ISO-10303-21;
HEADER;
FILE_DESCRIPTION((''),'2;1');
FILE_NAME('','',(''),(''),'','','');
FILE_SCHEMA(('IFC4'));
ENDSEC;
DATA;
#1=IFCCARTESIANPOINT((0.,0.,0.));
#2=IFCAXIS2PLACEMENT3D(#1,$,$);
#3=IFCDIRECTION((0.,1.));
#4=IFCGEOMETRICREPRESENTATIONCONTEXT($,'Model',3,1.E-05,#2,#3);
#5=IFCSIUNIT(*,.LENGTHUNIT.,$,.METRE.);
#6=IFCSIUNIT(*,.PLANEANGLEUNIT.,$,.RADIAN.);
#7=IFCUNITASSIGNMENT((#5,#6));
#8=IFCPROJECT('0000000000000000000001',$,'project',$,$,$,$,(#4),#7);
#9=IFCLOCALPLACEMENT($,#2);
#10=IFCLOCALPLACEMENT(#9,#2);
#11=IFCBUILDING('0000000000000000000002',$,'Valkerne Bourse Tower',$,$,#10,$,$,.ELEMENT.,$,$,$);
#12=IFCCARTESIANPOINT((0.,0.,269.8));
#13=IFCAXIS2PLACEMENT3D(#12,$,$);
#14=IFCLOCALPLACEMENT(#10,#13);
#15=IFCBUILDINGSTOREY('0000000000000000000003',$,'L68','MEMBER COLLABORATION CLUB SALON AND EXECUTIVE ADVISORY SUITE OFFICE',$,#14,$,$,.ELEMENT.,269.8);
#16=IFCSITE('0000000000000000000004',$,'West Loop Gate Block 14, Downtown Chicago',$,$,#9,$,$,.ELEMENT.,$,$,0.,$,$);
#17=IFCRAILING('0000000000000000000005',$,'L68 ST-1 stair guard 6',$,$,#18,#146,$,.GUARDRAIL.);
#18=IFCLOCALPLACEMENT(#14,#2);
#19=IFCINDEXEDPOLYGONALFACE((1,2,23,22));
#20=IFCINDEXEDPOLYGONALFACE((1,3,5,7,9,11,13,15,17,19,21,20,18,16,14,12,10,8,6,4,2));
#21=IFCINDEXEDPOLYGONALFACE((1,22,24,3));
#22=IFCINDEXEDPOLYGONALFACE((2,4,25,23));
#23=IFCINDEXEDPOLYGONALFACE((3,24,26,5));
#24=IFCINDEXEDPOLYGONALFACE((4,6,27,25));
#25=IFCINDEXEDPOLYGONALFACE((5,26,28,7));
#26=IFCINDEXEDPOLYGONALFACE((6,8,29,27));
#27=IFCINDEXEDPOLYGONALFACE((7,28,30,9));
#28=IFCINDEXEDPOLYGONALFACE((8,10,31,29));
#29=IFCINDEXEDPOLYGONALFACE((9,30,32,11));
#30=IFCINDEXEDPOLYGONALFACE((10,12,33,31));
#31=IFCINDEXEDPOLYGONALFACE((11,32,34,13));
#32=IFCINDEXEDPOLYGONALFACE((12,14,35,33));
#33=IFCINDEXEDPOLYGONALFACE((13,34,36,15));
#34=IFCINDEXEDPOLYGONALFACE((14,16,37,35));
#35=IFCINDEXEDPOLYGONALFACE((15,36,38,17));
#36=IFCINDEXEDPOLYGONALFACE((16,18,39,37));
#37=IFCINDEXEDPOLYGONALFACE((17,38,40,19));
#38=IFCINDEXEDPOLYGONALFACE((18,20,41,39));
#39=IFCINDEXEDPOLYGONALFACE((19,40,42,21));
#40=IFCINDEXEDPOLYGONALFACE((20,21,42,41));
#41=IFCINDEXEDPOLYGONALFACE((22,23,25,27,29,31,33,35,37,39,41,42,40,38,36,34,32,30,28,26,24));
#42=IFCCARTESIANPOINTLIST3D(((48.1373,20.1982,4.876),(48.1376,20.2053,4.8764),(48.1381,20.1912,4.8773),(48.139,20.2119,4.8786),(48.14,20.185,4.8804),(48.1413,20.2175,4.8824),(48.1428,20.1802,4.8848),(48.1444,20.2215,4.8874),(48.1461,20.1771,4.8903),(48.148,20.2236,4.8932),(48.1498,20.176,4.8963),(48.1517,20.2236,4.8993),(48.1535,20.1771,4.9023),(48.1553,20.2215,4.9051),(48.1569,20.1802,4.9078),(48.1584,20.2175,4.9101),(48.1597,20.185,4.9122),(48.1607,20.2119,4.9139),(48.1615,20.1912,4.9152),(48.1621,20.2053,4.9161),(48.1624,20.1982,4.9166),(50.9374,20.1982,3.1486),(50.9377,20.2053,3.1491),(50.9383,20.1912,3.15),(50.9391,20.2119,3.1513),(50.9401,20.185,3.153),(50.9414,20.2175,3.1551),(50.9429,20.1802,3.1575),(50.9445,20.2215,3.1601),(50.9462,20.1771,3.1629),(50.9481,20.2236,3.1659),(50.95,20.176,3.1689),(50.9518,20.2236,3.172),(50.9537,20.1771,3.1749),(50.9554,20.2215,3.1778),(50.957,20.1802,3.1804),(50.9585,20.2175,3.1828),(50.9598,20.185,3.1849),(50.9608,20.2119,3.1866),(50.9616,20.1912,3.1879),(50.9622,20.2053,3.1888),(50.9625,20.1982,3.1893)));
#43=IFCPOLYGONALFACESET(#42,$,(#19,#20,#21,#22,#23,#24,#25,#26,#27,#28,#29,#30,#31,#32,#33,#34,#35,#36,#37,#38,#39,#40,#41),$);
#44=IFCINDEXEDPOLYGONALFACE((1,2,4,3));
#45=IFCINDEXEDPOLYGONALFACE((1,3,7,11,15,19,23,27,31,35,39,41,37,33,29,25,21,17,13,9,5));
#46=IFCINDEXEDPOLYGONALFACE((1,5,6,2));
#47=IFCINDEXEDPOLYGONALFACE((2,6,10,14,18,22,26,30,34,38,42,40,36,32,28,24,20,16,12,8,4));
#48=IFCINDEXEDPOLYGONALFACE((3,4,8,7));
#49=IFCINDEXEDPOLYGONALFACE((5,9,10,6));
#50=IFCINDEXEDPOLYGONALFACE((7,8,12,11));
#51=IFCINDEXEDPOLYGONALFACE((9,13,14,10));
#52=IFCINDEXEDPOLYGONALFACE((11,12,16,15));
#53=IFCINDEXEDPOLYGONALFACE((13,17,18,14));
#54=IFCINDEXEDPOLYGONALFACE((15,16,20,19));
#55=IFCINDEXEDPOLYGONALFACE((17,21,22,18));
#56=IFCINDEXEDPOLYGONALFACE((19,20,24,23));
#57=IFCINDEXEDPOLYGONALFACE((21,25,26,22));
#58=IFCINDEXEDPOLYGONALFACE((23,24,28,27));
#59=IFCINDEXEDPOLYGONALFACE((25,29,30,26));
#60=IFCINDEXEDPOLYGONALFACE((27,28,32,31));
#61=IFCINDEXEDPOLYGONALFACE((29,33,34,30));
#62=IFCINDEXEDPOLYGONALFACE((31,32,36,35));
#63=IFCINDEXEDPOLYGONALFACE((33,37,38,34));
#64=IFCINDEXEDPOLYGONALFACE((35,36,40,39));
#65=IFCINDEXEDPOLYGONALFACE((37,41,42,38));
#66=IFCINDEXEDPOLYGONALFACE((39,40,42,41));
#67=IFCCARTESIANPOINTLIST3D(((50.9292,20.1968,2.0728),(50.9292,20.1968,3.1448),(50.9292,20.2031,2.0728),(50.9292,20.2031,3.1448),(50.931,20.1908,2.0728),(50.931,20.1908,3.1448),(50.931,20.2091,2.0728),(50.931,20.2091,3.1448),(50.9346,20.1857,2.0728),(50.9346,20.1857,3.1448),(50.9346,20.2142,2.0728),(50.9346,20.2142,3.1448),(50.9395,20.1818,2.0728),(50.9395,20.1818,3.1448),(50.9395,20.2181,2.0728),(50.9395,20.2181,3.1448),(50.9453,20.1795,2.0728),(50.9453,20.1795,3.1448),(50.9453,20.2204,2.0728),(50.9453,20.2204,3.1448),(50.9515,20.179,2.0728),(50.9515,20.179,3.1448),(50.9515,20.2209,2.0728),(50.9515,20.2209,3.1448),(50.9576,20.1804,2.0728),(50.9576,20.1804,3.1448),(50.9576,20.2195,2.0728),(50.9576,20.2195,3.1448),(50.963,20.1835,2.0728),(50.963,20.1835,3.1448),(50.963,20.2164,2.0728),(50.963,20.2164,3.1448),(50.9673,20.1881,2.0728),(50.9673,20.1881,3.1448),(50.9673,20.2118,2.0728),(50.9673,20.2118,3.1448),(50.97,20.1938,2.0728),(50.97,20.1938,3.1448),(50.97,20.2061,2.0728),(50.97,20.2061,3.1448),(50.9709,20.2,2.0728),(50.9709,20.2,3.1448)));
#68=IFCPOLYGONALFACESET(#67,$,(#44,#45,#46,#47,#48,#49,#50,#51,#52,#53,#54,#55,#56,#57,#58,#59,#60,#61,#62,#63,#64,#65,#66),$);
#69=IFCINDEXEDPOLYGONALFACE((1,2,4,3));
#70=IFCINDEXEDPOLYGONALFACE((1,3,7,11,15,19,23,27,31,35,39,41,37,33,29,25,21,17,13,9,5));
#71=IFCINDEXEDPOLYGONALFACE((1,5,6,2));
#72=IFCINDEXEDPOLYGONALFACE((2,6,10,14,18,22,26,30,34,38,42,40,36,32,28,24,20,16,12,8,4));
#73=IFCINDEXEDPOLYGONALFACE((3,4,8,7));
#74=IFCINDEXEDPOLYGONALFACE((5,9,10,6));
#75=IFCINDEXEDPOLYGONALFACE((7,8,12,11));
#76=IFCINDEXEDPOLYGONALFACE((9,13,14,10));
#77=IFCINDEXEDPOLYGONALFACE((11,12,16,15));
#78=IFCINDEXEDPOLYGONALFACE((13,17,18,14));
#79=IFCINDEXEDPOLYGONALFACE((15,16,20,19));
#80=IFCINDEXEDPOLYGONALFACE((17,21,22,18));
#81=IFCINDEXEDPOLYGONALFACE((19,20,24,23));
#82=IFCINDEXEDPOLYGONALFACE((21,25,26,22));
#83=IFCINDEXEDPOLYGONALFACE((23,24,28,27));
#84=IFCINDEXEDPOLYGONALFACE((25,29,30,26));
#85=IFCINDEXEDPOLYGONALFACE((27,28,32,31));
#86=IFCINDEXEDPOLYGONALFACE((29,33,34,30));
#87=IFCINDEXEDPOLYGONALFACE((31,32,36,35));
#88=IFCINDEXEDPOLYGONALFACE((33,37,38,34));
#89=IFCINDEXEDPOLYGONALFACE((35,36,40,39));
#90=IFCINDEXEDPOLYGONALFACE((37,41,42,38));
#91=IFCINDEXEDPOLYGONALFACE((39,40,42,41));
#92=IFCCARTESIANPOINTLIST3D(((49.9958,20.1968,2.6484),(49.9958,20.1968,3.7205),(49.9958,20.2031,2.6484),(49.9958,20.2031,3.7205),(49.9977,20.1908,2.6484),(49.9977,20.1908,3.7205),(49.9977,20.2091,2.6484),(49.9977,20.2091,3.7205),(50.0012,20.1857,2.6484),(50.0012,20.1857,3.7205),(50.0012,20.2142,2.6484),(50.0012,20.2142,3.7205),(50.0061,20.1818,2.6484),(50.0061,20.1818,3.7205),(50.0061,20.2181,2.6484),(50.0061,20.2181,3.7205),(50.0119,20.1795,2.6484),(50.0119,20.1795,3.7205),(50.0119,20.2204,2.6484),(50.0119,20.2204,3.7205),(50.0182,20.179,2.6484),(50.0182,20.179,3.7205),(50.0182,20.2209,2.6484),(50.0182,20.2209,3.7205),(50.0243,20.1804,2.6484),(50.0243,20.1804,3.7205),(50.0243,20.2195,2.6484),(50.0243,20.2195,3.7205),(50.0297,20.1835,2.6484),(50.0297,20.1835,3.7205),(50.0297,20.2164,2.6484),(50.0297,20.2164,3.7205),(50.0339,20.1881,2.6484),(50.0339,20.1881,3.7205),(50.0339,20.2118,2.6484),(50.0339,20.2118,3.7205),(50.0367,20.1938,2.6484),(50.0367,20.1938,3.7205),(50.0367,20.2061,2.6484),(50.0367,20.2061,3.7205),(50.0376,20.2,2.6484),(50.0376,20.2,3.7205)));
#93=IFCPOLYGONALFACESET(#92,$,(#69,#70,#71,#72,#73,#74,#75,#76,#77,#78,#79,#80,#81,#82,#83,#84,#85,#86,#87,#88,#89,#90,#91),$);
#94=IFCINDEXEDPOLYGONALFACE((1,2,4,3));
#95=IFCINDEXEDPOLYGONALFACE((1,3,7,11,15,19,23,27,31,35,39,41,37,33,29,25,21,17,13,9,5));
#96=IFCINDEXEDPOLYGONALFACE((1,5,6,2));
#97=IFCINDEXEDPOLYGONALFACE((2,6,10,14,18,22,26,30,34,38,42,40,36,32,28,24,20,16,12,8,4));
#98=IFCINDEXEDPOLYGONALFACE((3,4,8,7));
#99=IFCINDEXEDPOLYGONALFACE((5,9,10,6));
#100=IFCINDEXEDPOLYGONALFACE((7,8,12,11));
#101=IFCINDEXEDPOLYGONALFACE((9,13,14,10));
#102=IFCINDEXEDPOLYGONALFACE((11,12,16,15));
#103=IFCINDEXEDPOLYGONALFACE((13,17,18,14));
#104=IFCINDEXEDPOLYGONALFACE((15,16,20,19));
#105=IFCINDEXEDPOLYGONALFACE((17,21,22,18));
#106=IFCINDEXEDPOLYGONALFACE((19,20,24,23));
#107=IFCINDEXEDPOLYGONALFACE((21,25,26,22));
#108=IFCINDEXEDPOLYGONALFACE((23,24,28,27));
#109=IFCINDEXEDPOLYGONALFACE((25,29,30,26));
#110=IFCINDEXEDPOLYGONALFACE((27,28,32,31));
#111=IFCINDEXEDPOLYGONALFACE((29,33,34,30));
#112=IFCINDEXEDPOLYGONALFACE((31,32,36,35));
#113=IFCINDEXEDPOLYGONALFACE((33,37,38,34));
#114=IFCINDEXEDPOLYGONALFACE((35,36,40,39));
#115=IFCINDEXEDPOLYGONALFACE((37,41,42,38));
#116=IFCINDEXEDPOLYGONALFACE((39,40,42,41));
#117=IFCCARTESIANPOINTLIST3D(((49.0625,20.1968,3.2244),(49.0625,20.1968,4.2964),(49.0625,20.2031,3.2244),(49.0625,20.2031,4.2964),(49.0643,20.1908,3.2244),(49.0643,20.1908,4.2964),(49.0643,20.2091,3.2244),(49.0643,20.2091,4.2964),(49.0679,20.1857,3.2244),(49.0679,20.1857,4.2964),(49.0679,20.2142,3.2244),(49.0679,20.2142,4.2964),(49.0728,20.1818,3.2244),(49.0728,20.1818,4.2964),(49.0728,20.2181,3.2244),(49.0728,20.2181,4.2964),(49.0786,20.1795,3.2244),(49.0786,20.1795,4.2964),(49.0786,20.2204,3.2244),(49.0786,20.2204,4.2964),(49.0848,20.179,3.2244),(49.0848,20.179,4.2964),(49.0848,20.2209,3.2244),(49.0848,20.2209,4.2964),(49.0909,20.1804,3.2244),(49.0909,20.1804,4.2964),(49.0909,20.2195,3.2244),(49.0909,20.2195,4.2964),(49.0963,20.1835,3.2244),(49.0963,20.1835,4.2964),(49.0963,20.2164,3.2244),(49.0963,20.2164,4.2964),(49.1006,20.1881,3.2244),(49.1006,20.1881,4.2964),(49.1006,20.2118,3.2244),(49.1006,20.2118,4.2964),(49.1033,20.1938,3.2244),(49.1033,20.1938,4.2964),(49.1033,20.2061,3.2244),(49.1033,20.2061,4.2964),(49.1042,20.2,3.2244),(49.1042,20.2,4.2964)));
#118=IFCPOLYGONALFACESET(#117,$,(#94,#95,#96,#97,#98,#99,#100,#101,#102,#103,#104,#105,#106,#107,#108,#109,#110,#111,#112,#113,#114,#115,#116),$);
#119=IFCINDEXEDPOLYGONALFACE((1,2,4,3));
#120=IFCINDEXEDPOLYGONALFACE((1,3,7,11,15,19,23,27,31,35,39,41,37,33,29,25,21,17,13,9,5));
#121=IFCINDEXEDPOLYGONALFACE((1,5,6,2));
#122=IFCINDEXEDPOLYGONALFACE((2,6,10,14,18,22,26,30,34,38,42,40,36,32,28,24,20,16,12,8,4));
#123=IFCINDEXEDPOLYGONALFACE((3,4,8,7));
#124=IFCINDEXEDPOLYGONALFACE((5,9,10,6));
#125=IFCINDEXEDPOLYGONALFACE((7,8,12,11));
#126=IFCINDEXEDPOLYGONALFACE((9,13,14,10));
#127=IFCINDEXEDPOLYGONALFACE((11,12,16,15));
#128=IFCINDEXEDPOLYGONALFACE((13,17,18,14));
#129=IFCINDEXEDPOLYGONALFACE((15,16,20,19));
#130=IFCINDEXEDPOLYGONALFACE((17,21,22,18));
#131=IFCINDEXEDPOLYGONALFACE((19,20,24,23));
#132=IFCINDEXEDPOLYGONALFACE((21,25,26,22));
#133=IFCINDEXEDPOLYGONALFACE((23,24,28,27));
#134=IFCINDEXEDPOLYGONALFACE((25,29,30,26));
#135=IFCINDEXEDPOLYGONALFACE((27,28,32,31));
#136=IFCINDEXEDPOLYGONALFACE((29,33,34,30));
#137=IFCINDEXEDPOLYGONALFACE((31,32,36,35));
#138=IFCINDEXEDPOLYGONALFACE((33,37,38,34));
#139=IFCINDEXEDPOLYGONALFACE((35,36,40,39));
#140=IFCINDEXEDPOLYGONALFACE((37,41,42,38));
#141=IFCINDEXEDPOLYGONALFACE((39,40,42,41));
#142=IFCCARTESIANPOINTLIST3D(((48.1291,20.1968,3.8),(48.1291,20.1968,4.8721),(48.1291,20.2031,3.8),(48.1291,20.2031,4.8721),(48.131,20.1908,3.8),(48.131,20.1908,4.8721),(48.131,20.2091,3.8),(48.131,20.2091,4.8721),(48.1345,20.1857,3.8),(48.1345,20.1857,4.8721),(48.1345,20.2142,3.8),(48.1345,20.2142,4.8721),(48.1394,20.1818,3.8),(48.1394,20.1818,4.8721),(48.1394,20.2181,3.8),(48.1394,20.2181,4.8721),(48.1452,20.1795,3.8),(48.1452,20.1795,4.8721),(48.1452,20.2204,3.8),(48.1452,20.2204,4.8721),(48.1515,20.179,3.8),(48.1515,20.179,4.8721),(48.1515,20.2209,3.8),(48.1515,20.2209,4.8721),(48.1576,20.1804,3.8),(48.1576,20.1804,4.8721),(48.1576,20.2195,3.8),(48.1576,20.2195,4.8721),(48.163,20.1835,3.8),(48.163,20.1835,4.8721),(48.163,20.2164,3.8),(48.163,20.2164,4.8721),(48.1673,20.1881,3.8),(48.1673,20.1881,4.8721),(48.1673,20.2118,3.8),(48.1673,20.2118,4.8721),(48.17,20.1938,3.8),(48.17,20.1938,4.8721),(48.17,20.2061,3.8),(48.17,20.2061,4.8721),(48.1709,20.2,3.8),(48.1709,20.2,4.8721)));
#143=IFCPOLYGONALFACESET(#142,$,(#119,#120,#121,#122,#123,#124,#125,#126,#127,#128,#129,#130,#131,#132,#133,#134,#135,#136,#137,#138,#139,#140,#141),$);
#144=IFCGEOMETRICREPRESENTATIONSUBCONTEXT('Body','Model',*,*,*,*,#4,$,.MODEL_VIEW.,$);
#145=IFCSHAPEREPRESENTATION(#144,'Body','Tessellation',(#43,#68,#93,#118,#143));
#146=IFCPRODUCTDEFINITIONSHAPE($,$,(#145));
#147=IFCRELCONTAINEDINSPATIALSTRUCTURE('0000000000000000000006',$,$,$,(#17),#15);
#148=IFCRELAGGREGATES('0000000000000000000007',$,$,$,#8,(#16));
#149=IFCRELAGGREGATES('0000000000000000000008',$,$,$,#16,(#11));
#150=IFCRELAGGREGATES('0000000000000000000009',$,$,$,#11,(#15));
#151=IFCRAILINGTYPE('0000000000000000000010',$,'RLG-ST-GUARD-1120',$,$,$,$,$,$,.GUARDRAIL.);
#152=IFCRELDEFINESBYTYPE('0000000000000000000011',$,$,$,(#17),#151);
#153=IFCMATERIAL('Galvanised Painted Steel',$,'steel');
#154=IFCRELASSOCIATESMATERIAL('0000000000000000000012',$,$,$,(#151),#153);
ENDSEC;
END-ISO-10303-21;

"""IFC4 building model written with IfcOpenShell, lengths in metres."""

from ifc_helpers import new_model, si_unit, direction, frame, origin, origin_2d, place, context, subcontext, project, spatial, circle, extrude, material, type_object, element, save


model = new_model("IFC4")

# Units and contexts
model_context = context("Model", 3, precision=1e-05, world=origin(), true_north=direction((0.0, 1.0)))
body_context = subcontext(model_context, "Body", "Model", "MODEL_VIEW")
ifc_project = project(units=[si_unit("LENGTHUNIT", "METRE"), si_unit("PLANEANGLEUNIT", "RADIAN")], contexts=[model_context])

# Site, building, storey
site_placement = place(None, origin())
site = spatial("IfcSite", under=ifc_project, at=site_placement, Name="West Loop Gate Block 14, Downtown Chicago", CompositionType="ELEMENT", RefElevation=0.0)
building_placement = place(site_placement, origin())
building = spatial("IfcBuilding", under=site, at=building_placement, Name="Valkerne Bourse Tower", CompositionType="ELEMENT")
storey_placement = place(building_placement, frame((0.0, 0.0, 269.8)))
storey = spatial("IfcBuildingStorey", under=building, at=storey_placement, Name="L68", Description="MEMBER COLLABORATION CLUB SALON AND EXECUTIVE ADVISORY SUITE OFFICE", CompositionType="ELEMENT", Elevation=269.8)

# Shared definitions
ifc_material_1 = material(Name="Galvanised Painted Steel", Category="steel")

# Railing
railing_type_1 = type_object("IfcRailingType", Name="RLG-ST-GUARD-1120", PredefinedType="GUARDRAIL", material=ifc_material_1)
railing_1_placement = place(storey_placement, frame((50.95, 20.2, 2.0728)))
element("IfcRailing", 1, at=railing_1_placement, inside=storey, type_object=railing_type_1, Name="L68 ST-1 stair guard 6", PredefinedType="GUARDRAIL", context=body_context, shape_type="SweptSolid", body=[
    extrude(circle(Radius=0.0239, at=origin_2d()), frame((0.0, 0.0, 1.0962), z_axis=(-0.85109, 0.0, 0.52502), x_axis=(0.0, -1.0, 0.0)), (0.0, 0.0, 1.0), 3.29),
    extrude(circle(Radius=0.021, at=origin_2d()), origin(), (0.0, 0.0, 1.0), 1.072),
    extrude(circle(Radius=0.021, at=origin_2d()), frame((-0.9333, 0.0, 0.5757)), (0.0, 0.0, 1.0), 1.072),
    extrude(circle(Radius=0.021, at=origin_2d()), frame((-1.8667, 0.0, 1.1516)), (0.0, 0.0, 1.0), 1.072),
    extrude(circle(Radius=0.021, at=origin_2d()), frame((-2.8, 0.0, 1.7273)), (0.0, 0.0, 1.0), 1.072),
])

save(model, "model.ifc")
